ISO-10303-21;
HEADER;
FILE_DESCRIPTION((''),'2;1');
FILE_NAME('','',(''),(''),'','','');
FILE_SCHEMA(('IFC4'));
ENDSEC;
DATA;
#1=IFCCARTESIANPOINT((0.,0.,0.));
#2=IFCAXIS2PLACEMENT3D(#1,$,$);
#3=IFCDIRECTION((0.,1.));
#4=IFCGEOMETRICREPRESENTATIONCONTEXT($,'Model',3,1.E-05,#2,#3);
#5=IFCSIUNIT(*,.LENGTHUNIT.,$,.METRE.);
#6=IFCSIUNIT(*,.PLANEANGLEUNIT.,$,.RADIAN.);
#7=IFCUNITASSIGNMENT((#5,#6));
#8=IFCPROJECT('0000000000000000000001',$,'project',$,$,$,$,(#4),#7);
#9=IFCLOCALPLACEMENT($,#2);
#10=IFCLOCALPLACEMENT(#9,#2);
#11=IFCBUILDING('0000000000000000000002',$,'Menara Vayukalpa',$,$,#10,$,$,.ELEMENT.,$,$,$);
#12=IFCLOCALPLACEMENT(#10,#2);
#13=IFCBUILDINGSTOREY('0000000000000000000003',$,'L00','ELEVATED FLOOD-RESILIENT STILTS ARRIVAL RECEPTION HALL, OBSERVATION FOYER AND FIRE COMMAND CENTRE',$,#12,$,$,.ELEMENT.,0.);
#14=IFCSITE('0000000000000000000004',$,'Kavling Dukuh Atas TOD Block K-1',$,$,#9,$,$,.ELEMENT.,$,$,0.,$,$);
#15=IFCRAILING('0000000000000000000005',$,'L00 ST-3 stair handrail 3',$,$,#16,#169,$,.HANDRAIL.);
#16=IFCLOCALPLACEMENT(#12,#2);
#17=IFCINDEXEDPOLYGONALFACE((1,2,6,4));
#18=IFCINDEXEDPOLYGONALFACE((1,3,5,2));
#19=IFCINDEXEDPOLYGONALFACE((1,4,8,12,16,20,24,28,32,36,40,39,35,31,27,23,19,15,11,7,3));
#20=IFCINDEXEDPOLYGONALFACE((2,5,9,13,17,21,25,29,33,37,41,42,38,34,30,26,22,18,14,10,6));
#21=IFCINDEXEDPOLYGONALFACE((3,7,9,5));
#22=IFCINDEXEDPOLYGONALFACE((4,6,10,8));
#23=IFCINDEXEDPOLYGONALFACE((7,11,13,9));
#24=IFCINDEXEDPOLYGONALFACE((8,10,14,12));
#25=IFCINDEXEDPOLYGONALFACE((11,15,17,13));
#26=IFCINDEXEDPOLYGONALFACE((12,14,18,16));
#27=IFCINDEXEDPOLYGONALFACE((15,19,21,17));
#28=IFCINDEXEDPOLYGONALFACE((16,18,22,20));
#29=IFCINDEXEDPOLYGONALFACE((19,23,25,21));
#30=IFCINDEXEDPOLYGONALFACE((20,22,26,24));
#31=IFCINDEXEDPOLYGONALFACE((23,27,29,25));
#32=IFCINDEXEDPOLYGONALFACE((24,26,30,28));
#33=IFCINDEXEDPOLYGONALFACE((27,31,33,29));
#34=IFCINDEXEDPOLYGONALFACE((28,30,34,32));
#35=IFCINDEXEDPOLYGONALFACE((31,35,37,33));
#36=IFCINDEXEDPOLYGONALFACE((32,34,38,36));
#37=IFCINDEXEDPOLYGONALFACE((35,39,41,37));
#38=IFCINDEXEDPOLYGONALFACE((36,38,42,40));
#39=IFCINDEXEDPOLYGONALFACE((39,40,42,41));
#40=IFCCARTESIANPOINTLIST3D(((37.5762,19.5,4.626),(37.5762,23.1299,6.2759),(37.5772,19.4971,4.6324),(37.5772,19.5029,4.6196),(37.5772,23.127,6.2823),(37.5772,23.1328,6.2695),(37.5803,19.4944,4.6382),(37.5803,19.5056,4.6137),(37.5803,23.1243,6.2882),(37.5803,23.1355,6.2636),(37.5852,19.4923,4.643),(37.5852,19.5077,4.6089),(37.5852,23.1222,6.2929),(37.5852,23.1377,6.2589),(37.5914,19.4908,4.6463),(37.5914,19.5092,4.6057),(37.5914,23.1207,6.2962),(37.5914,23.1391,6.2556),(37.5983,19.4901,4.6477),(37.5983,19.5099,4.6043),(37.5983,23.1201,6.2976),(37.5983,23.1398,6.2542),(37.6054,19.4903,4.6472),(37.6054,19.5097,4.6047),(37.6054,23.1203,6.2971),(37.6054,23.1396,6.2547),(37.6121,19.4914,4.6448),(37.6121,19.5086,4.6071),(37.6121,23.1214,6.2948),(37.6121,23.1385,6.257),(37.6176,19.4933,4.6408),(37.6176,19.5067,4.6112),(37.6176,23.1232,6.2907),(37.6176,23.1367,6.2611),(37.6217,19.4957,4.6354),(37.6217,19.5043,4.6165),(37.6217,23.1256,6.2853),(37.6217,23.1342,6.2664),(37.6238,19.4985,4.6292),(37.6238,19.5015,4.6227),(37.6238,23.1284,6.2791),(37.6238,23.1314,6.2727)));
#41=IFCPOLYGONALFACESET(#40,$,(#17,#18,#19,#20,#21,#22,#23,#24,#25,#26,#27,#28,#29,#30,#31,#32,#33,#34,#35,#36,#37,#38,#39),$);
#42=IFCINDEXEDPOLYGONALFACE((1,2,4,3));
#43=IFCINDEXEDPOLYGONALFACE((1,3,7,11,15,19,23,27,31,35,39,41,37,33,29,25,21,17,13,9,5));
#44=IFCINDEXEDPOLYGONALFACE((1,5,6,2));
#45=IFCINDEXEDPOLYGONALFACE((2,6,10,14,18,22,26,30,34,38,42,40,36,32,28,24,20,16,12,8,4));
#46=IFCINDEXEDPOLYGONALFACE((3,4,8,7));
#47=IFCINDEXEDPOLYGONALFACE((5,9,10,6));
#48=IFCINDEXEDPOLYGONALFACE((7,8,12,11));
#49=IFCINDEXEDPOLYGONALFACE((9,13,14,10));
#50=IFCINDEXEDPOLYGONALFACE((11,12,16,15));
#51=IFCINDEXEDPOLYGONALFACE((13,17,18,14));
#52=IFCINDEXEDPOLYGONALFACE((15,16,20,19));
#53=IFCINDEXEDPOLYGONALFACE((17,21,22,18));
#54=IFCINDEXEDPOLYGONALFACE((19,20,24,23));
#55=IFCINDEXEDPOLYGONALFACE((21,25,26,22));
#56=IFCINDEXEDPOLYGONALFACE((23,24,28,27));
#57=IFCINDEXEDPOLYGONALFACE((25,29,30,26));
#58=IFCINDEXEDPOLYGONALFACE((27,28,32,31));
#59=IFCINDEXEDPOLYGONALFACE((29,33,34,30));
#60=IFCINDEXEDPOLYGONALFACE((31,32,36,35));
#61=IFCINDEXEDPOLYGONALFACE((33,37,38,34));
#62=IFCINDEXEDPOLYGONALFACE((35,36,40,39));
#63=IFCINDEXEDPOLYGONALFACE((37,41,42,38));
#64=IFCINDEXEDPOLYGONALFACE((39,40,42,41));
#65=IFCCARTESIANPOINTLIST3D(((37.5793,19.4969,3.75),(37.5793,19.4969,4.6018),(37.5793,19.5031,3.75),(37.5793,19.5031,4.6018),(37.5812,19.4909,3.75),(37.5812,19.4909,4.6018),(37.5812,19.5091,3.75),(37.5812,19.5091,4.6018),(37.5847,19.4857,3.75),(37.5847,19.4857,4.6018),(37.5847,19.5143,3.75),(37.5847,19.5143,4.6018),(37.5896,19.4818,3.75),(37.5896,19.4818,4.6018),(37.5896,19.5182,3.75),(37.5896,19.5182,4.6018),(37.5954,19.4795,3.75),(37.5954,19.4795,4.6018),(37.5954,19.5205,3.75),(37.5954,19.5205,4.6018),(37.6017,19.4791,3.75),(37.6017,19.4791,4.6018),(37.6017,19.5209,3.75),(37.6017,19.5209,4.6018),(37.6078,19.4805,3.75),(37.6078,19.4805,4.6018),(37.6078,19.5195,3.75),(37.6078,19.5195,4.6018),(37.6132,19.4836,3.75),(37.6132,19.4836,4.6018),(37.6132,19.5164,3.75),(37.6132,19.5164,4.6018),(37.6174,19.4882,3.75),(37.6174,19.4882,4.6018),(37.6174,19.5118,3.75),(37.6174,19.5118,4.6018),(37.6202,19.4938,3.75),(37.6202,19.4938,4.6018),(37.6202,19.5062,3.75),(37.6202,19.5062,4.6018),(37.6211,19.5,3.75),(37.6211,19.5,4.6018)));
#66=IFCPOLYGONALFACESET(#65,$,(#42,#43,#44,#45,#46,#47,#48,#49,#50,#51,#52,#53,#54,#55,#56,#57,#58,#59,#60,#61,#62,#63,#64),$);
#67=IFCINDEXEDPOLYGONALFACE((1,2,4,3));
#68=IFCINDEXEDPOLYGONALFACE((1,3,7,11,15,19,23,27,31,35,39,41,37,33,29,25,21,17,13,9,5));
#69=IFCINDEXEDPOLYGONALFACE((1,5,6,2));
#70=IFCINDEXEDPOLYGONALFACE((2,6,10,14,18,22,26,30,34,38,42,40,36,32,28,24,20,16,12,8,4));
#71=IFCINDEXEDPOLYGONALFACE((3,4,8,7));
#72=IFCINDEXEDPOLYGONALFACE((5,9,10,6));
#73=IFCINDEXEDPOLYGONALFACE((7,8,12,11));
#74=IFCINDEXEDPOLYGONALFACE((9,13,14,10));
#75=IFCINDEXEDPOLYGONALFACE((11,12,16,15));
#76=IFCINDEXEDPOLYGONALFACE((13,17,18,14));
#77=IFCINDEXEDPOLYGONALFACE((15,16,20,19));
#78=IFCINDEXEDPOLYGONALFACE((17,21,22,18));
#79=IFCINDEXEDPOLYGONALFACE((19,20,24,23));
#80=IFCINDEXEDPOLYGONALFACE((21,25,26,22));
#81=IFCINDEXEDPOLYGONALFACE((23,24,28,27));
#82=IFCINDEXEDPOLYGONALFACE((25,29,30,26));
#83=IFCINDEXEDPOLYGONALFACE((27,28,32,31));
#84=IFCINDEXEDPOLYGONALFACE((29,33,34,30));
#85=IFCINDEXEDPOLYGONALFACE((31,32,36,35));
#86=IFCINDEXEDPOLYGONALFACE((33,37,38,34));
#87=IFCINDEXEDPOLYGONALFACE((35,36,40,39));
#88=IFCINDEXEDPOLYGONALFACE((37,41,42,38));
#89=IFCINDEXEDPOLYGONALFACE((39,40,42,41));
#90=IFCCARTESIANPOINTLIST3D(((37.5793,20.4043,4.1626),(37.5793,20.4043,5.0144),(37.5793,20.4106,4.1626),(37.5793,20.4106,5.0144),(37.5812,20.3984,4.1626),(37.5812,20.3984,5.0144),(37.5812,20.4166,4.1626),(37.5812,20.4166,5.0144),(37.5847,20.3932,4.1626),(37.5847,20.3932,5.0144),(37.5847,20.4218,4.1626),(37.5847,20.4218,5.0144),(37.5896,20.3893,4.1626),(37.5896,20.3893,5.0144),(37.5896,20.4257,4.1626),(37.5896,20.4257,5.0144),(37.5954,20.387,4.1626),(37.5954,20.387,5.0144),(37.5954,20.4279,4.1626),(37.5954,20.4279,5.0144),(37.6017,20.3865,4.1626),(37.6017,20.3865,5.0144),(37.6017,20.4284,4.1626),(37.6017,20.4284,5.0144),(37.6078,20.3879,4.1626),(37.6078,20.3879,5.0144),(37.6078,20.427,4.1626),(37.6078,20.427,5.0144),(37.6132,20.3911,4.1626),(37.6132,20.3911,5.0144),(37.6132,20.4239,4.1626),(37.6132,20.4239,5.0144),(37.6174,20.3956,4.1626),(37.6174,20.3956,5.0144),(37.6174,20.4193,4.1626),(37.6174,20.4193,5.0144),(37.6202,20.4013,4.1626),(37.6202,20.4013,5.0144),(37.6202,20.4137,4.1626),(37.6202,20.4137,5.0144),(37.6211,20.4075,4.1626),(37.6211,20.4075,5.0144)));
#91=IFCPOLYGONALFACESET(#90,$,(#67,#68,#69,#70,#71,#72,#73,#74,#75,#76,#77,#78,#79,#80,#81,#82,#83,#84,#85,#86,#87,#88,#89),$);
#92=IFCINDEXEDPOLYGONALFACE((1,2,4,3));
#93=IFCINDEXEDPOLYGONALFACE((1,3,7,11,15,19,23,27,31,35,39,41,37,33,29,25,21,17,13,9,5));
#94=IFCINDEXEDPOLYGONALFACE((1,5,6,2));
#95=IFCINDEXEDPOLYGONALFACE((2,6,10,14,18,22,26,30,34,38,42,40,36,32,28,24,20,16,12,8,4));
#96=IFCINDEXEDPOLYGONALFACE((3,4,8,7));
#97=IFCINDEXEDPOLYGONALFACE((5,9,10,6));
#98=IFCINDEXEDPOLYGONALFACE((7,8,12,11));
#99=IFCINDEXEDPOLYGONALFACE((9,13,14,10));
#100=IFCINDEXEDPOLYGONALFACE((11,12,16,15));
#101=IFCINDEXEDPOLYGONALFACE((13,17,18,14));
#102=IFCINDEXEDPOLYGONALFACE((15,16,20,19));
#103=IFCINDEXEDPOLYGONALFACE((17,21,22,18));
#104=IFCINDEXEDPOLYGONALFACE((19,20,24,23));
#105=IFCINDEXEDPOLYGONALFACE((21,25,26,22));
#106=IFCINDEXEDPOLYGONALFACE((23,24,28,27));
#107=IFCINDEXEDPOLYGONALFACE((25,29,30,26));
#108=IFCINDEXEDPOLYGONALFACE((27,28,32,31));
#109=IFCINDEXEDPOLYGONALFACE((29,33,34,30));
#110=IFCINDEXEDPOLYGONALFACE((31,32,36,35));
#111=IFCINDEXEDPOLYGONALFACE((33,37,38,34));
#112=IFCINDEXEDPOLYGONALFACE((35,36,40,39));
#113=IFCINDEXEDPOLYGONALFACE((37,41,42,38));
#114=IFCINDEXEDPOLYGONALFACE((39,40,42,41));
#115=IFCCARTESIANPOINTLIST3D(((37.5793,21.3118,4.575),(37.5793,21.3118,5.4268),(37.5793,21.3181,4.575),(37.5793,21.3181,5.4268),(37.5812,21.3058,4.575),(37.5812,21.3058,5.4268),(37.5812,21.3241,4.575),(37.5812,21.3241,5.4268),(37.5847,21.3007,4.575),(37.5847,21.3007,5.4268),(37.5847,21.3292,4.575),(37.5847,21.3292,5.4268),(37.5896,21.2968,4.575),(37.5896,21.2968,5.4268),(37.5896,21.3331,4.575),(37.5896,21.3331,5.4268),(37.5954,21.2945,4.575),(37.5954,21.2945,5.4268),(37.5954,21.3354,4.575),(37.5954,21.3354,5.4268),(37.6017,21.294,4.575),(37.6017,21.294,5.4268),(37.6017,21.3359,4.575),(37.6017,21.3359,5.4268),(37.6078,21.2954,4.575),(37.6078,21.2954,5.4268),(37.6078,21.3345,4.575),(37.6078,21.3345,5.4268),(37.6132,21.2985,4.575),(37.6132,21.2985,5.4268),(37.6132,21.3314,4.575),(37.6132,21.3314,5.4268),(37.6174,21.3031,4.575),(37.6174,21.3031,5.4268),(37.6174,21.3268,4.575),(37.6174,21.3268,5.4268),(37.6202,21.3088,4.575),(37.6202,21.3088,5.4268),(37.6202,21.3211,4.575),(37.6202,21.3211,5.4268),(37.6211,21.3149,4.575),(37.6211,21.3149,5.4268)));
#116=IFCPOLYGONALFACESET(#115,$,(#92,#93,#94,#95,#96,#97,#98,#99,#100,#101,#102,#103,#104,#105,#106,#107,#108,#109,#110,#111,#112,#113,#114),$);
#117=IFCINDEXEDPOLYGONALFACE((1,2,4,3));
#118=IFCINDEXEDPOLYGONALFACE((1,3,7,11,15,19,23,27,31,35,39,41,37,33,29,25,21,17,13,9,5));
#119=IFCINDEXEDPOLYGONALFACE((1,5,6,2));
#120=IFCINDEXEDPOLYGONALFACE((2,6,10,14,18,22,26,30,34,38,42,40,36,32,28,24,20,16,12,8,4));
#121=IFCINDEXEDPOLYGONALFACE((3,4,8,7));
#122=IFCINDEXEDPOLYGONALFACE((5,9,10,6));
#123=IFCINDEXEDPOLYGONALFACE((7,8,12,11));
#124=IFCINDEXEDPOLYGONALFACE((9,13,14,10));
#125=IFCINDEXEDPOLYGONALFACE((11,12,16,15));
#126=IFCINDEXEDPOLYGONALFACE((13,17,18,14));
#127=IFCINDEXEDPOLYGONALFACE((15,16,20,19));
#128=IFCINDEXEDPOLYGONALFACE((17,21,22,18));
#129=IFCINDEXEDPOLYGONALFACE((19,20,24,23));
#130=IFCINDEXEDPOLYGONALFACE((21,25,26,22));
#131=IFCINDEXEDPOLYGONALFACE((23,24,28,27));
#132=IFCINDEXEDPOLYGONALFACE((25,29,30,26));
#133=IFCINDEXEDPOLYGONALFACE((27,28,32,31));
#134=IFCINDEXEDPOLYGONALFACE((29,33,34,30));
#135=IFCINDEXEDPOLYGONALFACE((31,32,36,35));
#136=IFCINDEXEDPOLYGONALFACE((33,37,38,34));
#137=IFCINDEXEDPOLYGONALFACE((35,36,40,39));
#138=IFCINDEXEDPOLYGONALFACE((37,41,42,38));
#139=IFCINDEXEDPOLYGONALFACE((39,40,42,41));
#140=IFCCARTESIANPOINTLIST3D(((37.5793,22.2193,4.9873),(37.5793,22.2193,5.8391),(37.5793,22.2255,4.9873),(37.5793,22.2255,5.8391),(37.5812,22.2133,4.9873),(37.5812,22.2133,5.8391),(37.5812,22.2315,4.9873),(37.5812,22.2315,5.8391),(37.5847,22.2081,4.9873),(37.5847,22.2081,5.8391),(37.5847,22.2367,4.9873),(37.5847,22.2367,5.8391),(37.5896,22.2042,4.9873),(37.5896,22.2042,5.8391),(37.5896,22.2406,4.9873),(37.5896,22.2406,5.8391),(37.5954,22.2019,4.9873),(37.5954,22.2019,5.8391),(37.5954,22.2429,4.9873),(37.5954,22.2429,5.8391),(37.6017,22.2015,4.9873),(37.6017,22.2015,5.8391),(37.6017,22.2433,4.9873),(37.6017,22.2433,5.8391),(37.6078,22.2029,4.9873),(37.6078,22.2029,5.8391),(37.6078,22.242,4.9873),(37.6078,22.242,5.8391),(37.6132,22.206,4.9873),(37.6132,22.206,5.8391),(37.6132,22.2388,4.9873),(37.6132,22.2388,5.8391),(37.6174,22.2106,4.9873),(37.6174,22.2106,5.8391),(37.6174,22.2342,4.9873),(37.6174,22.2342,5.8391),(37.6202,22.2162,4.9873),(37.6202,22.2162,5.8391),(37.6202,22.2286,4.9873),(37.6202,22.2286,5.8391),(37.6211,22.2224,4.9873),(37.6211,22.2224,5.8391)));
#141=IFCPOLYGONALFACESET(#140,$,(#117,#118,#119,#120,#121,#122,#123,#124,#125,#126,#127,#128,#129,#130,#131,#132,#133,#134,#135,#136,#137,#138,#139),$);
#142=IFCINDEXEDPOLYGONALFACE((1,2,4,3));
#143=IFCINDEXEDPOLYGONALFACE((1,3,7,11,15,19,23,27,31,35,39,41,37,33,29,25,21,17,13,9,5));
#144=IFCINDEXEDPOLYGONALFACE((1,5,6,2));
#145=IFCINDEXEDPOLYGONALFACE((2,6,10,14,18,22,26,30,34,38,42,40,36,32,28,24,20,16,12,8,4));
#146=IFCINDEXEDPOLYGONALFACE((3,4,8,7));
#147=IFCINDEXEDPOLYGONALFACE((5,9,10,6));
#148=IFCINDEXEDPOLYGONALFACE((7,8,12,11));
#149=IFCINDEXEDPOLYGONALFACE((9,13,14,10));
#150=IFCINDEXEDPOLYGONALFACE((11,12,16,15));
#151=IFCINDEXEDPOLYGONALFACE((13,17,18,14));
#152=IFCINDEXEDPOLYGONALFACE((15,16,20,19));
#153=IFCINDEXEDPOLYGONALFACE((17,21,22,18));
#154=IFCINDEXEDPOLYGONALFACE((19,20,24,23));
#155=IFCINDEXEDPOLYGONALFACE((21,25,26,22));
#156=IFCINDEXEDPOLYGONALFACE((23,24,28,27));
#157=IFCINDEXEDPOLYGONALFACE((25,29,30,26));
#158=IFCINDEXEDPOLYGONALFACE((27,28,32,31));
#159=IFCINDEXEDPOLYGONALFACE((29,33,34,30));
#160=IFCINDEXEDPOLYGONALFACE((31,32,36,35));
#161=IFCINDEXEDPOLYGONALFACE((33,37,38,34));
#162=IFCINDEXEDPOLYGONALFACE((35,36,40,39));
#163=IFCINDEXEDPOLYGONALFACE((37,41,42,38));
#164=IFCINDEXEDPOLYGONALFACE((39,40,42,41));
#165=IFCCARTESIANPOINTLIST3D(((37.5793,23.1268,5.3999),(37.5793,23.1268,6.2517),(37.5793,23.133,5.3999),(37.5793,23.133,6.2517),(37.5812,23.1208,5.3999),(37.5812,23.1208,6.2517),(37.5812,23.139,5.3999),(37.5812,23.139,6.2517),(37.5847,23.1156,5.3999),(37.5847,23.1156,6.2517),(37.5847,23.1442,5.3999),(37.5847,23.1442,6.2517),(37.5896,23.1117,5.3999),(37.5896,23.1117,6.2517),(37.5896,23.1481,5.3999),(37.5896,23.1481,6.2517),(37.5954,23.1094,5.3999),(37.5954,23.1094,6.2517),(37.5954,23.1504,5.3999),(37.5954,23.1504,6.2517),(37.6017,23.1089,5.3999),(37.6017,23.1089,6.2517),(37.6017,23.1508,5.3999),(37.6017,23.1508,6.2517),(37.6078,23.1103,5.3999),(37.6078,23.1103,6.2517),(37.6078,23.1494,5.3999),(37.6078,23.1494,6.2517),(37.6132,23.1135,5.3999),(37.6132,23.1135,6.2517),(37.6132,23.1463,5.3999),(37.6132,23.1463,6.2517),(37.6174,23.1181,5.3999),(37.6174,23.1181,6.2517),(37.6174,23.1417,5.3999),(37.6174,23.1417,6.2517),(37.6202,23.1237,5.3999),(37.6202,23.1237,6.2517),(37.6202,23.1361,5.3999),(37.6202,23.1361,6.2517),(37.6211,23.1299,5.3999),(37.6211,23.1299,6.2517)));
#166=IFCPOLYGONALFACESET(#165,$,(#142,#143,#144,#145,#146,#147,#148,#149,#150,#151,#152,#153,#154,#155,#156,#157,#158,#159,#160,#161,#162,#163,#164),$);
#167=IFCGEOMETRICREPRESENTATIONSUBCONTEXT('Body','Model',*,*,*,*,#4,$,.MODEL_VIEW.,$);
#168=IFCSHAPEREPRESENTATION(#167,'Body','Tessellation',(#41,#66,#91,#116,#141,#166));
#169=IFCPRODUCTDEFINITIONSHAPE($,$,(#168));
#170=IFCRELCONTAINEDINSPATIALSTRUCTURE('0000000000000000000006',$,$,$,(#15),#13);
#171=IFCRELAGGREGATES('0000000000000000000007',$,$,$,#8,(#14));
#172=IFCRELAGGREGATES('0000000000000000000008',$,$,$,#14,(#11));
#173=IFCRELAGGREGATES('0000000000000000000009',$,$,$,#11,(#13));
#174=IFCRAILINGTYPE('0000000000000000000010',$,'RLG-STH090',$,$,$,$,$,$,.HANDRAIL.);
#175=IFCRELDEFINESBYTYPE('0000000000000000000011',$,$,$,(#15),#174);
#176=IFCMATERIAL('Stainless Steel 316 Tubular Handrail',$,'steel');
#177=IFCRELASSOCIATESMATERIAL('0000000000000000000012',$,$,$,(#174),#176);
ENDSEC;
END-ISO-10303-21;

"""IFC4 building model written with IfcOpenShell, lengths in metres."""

from ifc_helpers import new_model, si_unit, direction, frame, origin, origin_2d, place, context, subcontext, project, spatial, circle, extrude, material, type_object, element, save


model = new_model("IFC4")

# Units and contexts
model_context = context("Model", 3, precision=1e-05, world=origin(), true_north=direction((0.0, 1.0)))
body_context = subcontext(model_context, "Body", "Model", "MODEL_VIEW")
ifc_project = project(units=[si_unit("LENGTHUNIT", "METRE"), si_unit("PLANEANGLEUNIT", "RADIAN")], contexts=[model_context])

# Site, building, storey
site_placement = place(None, origin())
site = spatial("IfcSite", under=ifc_project, at=site_placement, Name="Kavling Dukuh Atas TOD Block K-1", CompositionType="ELEMENT", RefElevation=0.0)
building_placement = place(site_placement, origin())
building = spatial("IfcBuilding", under=site, at=building_placement, Name="Menara Vayukalpa", CompositionType="ELEMENT")
storey_placement = place(building_placement, origin())
storey = spatial("IfcBuildingStorey", under=building, at=storey_placement, Name="L00", Description="ELEVATED FLOOD-RESILIENT STILTS ARRIVAL RECEPTION HALL, OBSERVATION FOYER AND FIRE COMMAND CENTRE", CompositionType="ELEMENT", Elevation=0.0)

# Railing
ifc_material_1 = material(Name="Stainless Steel 316 Tubular Handrail", Category="steel")
railing_type_1 = type_object("IfcRailingType", Name="RLG-STH090", PredefinedType="HANDRAIL", material=ifc_material_1)
railing_1_placement = place(storey_placement, frame((37.6001, 19.5, 3.75)))
element("IfcRailing", 1, at=railing_1_placement, inside=storey, type_object=railing_type_1, Name="L00 ST-3 stair handrail 3", PredefinedType="HANDRAIL", context=body_context, shape_type="SweptSolid", body=[
    extrude(circle(Radius=0.0239, at=origin_2d()), frame((0.0, 0.0, 0.876), z_axis=(0.0, 0.910371, 0.413794), x_axis=(-1.0, 0.0, 0.0)), (0.0, 0.0, 1.0), 3.9873),
    extrude(circle(Radius=0.021, at=origin_2d()), origin(), (0.0, 0.0, 1.0), 0.8518),
    extrude(circle(Radius=0.021, at=origin_2d()), frame((0.0, 0.9075, 0.4126)), (0.0, 0.0, 1.0), 0.8518),
    extrude(circle(Radius=0.021, at=origin_2d()), frame((0.0, 1.8149, 0.825)), (0.0, 0.0, 1.0), 0.8518),
    extrude(circle(Radius=0.021, at=origin_2d()), frame((0.0, 2.7224, 1.2373)), (0.0, 0.0, 1.0), 0.8518),
    extrude(circle(Radius=0.021, at=origin_2d()), frame((0.0, 3.6299, 1.6499)), (0.0, 0.0, 1.0), 0.8518),
])

save(model, "model.ifc")
